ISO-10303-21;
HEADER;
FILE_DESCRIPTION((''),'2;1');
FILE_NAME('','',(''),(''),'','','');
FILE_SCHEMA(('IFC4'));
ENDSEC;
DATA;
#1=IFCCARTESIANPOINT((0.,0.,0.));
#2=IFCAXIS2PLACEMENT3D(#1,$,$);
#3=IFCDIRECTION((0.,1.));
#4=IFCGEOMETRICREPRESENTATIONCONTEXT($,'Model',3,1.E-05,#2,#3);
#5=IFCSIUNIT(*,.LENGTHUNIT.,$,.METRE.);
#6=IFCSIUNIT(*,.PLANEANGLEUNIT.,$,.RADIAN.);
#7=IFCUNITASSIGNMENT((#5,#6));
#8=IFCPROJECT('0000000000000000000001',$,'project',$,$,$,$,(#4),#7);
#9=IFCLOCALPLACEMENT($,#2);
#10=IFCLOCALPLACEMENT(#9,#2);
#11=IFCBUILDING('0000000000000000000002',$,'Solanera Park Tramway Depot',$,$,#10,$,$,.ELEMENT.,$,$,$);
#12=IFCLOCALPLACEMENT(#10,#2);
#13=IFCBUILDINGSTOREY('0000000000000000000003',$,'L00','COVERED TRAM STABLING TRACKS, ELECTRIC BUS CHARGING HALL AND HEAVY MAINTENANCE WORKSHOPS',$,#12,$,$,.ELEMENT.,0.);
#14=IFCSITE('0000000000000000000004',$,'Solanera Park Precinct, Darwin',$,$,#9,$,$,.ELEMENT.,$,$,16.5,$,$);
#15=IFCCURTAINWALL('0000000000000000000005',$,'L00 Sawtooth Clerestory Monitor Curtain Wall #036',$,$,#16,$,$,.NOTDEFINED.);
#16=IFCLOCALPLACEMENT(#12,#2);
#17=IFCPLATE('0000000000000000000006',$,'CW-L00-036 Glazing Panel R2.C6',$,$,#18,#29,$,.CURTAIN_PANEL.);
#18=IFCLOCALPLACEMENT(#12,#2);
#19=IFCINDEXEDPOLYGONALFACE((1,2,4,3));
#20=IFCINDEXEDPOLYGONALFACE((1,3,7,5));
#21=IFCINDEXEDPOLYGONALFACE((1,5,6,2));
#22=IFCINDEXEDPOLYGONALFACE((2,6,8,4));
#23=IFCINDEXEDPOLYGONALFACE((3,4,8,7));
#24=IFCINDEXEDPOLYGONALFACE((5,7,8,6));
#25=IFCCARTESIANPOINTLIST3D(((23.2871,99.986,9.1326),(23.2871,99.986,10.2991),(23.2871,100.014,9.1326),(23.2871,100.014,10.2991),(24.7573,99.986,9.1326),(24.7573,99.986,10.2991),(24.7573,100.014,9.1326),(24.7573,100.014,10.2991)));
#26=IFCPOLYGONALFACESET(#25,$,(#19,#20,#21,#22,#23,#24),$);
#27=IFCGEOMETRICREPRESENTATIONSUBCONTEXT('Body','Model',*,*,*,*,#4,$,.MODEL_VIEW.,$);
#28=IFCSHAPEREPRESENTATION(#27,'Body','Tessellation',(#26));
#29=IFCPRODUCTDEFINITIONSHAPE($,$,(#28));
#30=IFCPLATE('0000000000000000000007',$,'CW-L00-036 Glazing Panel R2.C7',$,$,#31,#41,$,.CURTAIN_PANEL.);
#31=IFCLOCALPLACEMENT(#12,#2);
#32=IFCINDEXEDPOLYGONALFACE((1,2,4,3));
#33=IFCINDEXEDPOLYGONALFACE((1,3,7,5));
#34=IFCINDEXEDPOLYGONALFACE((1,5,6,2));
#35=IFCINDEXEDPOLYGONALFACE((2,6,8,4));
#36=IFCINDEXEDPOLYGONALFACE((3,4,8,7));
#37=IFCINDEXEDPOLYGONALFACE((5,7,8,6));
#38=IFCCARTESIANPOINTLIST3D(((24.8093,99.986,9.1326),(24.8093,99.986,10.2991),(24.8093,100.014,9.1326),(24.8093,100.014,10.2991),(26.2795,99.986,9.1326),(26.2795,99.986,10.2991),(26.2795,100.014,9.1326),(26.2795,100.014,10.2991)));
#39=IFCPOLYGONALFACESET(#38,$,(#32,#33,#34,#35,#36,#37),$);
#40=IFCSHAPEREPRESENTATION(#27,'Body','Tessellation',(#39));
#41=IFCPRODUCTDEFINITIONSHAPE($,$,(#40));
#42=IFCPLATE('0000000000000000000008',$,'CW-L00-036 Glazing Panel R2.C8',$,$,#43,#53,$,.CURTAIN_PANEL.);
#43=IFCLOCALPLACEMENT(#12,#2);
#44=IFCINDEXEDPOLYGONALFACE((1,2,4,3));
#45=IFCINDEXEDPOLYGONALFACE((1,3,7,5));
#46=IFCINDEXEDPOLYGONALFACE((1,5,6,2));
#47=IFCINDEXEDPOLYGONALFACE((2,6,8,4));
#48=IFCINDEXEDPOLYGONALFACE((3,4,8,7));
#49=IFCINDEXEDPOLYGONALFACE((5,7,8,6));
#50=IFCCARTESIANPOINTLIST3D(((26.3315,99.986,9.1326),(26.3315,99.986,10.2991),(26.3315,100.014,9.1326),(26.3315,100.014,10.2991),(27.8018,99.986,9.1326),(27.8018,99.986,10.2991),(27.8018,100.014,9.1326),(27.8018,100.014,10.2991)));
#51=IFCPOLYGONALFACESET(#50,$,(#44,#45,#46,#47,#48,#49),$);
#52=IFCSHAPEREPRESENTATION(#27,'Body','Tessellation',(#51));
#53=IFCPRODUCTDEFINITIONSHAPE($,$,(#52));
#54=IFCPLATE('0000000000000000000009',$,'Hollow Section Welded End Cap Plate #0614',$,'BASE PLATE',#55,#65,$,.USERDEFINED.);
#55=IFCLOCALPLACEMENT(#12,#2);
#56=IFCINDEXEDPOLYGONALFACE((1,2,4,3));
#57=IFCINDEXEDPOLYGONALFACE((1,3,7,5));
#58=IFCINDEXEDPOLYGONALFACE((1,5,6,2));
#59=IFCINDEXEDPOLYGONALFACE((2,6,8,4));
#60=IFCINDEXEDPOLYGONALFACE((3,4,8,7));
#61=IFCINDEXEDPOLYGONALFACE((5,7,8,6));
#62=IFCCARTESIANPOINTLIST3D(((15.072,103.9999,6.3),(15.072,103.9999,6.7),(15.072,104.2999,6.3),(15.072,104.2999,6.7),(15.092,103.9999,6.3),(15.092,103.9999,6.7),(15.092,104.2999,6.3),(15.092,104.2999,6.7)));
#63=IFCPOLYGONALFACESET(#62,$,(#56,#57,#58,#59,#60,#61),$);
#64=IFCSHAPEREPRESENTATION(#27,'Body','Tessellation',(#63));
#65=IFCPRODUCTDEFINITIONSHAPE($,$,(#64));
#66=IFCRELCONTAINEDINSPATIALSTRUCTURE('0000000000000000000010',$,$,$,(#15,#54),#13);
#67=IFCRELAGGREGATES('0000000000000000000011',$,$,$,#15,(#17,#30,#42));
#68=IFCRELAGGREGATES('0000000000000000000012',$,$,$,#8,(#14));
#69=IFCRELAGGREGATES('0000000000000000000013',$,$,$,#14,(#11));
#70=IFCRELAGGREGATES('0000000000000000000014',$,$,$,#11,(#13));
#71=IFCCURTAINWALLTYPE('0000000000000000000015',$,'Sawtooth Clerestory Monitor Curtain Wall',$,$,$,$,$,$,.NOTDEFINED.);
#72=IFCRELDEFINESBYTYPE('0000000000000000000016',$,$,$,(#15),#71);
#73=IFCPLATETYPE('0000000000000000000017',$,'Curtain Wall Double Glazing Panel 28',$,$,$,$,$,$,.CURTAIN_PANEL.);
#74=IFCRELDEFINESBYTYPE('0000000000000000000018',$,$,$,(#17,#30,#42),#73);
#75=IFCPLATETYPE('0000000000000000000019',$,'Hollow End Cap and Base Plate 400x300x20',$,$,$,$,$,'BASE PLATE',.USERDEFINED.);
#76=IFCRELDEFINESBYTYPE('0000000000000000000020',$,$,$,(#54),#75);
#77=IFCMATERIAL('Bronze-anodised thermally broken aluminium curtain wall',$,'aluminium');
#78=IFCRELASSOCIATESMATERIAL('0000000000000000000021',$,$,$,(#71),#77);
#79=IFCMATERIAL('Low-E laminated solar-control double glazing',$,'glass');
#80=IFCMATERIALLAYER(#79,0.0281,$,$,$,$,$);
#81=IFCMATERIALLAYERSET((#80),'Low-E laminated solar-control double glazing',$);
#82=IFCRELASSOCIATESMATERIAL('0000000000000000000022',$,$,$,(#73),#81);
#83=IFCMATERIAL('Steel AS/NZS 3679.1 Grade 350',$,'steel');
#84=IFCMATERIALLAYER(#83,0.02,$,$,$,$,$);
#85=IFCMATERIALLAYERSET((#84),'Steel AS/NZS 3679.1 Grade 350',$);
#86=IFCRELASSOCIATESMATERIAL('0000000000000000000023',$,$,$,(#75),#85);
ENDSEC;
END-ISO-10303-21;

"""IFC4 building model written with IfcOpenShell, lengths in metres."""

from ifc_helpers import new_model, si_unit, direction, frame, origin, origin_2d, place, context, subcontext, project, spatial, rectangle, extrude, material, layer, layer_set, type_object, element, aggregate, save


model = new_model("IFC4")

# Units and contexts
model_context = context("Model", 3, precision=1e-05, world=origin(), true_north=direction((0.0, 1.0)))
body_context = subcontext(model_context, "Body", "Model", "MODEL_VIEW")
ifc_project = project(units=[si_unit("LENGTHUNIT", "METRE"), si_unit("PLANEANGLEUNIT", "RADIAN")], contexts=[model_context])

# Site, building, storey
site_placement = place(None, origin())
site = spatial("IfcSite", under=ifc_project, at=site_placement, Name="Solanera Park Precinct, Darwin", CompositionType="ELEMENT", RefElevation=16.5)
building_placement = place(site_placement, origin())
building = spatial("IfcBuilding", under=site, at=building_placement, Name="Solanera Park Tramway Depot", CompositionType="ELEMENT")
storey_placement = place(building_placement, origin())
storey = spatial("IfcBuildingStorey", under=building, at=storey_placement, Name="L00", Description="COVERED TRAM STABLING TRACKS, ELECTRIC BUS CHARGING HALL AND HEAVY MAINTENANCE WORKSHOPS", CompositionType="ELEMENT", Elevation=0.0)

# Curtain wall
ifc_material_1 = material(Name="Bronze-anodised thermally broken aluminium curtain wall", Category="aluminium")
curtain_wall_type = type_object("IfcCurtainWallType", Name="Sawtooth Clerestory Monitor Curtain Wall", PredefinedType="NOTDEFINED", material=ifc_material_1)
curtain_wall_1_placement = place(storey_placement, origin())
curtain_wall_1 = element("IfcCurtainWall", 1, at=curtain_wall_1_placement, inside=storey, type_object=curtain_wall_type, Name="L00 Sawtooth Clerestory Monitor Curtain Wall #036", PredefinedType="NOTDEFINED")

# Plates
ifc_material_2 = material(Name="Low-E laminated solar-control double glazing", Category="glass")
ifc_layer_1 = layer(ifc_material_2, 0.0281)
ifc_layer_set_1 = layer_set([ifc_layer_1], Name="Low-E laminated solar-control double glazing")
plate_type_1 = type_object("IfcPlateType", Name="Curtain Wall Double Glazing Panel 28", PredefinedType="CURTAIN_PANEL", material=ifc_layer_set_1)
plate_1_placement = place(storey_placement, frame((24.0222, 100.0, 9.1326), z_axis=(0.0, 0.0, 1.0), x_axis=(1.0, 0.0, 0.0)))
plate_1 = element("IfcPlate", 2, at=plate_1_placement, type_object=plate_type_1, Name="CW-L00-036 Glazing Panel R2.C6", PredefinedType="CURTAIN_PANEL", context=body_context, shape_type="SweptSolid", body=[
    extrude(rectangle(XDim=1.4702, YDim=0.0281, at=origin_2d()), origin(), (0.0, 0.0, 1.0), 1.1665),
])
plate_2_placement = place(storey_placement, frame((25.5444, 100.0, 9.1326), z_axis=(0.0, 0.0, 1.0), x_axis=(1.0, 0.0, 0.0)))
plate_2 = element("IfcPlate", 3, at=plate_2_placement, type_object=plate_type_1, Name="CW-L00-036 Glazing Panel R2.C7", PredefinedType="CURTAIN_PANEL", context=body_context, shape_type="SweptSolid", body=[
    extrude(rectangle(XDim=1.4702, YDim=0.0281, at=origin_2d()), origin(), (0.0, 0.0, 1.0), 1.1665),
])
plate_3_placement = place(storey_placement, frame((27.0667, 100.0, 9.1326), z_axis=(0.0, 0.0, 1.0), x_axis=(1.0, 0.0, 0.0)))
plate_3 = element("IfcPlate", 4, at=plate_3_placement, type_object=plate_type_1, Name="CW-L00-036 Glazing Panel R2.C8", PredefinedType="CURTAIN_PANEL", context=body_context, shape_type="SweptSolid", body=[
    extrude(rectangle(XDim=1.4702, YDim=0.0281, at=origin_2d()), origin(), (0.0, 0.0, 1.0), 1.1665),
])
aggregate(curtain_wall_1, [plate_1, plate_2, plate_3])
ifc_material_3 = material(Name="Steel AS/NZS 3679.1 Grade 350", Category="steel")
ifc_layer_2 = layer(ifc_material_3, 0.02)
ifc_layer_set_2 = layer_set([ifc_layer_2], Name="Steel AS/NZS 3679.1 Grade 350")
plate_type_2 = type_object("IfcPlateType", Name="Hollow End Cap and Base Plate 400x300x20", ElementType="BASE PLATE", PredefinedType="USERDEFINED", material=ifc_layer_set_2)
plate_4_placement = place(storey_placement, frame((15.082, 104.1499, 6.3), z_axis=(0.0, 0.0, 1.0), x_axis=(1.0, 0.0, 0.0)))
element("IfcPlate", 5, at=plate_4_placement, inside=storey, type_object=plate_type_2, Name="Hollow Section Welded End Cap Plate #0614", ObjectType="BASE PLATE", PredefinedType="USERDEFINED", context=body_context, shape_type="SweptSolid", body=[
    extrude(rectangle(XDim=0.02, YDim=0.3, at=origin_2d()), origin(), (0.0, 0.0, 1.0), 0.3999),
])

save(model, "model.ifc")
